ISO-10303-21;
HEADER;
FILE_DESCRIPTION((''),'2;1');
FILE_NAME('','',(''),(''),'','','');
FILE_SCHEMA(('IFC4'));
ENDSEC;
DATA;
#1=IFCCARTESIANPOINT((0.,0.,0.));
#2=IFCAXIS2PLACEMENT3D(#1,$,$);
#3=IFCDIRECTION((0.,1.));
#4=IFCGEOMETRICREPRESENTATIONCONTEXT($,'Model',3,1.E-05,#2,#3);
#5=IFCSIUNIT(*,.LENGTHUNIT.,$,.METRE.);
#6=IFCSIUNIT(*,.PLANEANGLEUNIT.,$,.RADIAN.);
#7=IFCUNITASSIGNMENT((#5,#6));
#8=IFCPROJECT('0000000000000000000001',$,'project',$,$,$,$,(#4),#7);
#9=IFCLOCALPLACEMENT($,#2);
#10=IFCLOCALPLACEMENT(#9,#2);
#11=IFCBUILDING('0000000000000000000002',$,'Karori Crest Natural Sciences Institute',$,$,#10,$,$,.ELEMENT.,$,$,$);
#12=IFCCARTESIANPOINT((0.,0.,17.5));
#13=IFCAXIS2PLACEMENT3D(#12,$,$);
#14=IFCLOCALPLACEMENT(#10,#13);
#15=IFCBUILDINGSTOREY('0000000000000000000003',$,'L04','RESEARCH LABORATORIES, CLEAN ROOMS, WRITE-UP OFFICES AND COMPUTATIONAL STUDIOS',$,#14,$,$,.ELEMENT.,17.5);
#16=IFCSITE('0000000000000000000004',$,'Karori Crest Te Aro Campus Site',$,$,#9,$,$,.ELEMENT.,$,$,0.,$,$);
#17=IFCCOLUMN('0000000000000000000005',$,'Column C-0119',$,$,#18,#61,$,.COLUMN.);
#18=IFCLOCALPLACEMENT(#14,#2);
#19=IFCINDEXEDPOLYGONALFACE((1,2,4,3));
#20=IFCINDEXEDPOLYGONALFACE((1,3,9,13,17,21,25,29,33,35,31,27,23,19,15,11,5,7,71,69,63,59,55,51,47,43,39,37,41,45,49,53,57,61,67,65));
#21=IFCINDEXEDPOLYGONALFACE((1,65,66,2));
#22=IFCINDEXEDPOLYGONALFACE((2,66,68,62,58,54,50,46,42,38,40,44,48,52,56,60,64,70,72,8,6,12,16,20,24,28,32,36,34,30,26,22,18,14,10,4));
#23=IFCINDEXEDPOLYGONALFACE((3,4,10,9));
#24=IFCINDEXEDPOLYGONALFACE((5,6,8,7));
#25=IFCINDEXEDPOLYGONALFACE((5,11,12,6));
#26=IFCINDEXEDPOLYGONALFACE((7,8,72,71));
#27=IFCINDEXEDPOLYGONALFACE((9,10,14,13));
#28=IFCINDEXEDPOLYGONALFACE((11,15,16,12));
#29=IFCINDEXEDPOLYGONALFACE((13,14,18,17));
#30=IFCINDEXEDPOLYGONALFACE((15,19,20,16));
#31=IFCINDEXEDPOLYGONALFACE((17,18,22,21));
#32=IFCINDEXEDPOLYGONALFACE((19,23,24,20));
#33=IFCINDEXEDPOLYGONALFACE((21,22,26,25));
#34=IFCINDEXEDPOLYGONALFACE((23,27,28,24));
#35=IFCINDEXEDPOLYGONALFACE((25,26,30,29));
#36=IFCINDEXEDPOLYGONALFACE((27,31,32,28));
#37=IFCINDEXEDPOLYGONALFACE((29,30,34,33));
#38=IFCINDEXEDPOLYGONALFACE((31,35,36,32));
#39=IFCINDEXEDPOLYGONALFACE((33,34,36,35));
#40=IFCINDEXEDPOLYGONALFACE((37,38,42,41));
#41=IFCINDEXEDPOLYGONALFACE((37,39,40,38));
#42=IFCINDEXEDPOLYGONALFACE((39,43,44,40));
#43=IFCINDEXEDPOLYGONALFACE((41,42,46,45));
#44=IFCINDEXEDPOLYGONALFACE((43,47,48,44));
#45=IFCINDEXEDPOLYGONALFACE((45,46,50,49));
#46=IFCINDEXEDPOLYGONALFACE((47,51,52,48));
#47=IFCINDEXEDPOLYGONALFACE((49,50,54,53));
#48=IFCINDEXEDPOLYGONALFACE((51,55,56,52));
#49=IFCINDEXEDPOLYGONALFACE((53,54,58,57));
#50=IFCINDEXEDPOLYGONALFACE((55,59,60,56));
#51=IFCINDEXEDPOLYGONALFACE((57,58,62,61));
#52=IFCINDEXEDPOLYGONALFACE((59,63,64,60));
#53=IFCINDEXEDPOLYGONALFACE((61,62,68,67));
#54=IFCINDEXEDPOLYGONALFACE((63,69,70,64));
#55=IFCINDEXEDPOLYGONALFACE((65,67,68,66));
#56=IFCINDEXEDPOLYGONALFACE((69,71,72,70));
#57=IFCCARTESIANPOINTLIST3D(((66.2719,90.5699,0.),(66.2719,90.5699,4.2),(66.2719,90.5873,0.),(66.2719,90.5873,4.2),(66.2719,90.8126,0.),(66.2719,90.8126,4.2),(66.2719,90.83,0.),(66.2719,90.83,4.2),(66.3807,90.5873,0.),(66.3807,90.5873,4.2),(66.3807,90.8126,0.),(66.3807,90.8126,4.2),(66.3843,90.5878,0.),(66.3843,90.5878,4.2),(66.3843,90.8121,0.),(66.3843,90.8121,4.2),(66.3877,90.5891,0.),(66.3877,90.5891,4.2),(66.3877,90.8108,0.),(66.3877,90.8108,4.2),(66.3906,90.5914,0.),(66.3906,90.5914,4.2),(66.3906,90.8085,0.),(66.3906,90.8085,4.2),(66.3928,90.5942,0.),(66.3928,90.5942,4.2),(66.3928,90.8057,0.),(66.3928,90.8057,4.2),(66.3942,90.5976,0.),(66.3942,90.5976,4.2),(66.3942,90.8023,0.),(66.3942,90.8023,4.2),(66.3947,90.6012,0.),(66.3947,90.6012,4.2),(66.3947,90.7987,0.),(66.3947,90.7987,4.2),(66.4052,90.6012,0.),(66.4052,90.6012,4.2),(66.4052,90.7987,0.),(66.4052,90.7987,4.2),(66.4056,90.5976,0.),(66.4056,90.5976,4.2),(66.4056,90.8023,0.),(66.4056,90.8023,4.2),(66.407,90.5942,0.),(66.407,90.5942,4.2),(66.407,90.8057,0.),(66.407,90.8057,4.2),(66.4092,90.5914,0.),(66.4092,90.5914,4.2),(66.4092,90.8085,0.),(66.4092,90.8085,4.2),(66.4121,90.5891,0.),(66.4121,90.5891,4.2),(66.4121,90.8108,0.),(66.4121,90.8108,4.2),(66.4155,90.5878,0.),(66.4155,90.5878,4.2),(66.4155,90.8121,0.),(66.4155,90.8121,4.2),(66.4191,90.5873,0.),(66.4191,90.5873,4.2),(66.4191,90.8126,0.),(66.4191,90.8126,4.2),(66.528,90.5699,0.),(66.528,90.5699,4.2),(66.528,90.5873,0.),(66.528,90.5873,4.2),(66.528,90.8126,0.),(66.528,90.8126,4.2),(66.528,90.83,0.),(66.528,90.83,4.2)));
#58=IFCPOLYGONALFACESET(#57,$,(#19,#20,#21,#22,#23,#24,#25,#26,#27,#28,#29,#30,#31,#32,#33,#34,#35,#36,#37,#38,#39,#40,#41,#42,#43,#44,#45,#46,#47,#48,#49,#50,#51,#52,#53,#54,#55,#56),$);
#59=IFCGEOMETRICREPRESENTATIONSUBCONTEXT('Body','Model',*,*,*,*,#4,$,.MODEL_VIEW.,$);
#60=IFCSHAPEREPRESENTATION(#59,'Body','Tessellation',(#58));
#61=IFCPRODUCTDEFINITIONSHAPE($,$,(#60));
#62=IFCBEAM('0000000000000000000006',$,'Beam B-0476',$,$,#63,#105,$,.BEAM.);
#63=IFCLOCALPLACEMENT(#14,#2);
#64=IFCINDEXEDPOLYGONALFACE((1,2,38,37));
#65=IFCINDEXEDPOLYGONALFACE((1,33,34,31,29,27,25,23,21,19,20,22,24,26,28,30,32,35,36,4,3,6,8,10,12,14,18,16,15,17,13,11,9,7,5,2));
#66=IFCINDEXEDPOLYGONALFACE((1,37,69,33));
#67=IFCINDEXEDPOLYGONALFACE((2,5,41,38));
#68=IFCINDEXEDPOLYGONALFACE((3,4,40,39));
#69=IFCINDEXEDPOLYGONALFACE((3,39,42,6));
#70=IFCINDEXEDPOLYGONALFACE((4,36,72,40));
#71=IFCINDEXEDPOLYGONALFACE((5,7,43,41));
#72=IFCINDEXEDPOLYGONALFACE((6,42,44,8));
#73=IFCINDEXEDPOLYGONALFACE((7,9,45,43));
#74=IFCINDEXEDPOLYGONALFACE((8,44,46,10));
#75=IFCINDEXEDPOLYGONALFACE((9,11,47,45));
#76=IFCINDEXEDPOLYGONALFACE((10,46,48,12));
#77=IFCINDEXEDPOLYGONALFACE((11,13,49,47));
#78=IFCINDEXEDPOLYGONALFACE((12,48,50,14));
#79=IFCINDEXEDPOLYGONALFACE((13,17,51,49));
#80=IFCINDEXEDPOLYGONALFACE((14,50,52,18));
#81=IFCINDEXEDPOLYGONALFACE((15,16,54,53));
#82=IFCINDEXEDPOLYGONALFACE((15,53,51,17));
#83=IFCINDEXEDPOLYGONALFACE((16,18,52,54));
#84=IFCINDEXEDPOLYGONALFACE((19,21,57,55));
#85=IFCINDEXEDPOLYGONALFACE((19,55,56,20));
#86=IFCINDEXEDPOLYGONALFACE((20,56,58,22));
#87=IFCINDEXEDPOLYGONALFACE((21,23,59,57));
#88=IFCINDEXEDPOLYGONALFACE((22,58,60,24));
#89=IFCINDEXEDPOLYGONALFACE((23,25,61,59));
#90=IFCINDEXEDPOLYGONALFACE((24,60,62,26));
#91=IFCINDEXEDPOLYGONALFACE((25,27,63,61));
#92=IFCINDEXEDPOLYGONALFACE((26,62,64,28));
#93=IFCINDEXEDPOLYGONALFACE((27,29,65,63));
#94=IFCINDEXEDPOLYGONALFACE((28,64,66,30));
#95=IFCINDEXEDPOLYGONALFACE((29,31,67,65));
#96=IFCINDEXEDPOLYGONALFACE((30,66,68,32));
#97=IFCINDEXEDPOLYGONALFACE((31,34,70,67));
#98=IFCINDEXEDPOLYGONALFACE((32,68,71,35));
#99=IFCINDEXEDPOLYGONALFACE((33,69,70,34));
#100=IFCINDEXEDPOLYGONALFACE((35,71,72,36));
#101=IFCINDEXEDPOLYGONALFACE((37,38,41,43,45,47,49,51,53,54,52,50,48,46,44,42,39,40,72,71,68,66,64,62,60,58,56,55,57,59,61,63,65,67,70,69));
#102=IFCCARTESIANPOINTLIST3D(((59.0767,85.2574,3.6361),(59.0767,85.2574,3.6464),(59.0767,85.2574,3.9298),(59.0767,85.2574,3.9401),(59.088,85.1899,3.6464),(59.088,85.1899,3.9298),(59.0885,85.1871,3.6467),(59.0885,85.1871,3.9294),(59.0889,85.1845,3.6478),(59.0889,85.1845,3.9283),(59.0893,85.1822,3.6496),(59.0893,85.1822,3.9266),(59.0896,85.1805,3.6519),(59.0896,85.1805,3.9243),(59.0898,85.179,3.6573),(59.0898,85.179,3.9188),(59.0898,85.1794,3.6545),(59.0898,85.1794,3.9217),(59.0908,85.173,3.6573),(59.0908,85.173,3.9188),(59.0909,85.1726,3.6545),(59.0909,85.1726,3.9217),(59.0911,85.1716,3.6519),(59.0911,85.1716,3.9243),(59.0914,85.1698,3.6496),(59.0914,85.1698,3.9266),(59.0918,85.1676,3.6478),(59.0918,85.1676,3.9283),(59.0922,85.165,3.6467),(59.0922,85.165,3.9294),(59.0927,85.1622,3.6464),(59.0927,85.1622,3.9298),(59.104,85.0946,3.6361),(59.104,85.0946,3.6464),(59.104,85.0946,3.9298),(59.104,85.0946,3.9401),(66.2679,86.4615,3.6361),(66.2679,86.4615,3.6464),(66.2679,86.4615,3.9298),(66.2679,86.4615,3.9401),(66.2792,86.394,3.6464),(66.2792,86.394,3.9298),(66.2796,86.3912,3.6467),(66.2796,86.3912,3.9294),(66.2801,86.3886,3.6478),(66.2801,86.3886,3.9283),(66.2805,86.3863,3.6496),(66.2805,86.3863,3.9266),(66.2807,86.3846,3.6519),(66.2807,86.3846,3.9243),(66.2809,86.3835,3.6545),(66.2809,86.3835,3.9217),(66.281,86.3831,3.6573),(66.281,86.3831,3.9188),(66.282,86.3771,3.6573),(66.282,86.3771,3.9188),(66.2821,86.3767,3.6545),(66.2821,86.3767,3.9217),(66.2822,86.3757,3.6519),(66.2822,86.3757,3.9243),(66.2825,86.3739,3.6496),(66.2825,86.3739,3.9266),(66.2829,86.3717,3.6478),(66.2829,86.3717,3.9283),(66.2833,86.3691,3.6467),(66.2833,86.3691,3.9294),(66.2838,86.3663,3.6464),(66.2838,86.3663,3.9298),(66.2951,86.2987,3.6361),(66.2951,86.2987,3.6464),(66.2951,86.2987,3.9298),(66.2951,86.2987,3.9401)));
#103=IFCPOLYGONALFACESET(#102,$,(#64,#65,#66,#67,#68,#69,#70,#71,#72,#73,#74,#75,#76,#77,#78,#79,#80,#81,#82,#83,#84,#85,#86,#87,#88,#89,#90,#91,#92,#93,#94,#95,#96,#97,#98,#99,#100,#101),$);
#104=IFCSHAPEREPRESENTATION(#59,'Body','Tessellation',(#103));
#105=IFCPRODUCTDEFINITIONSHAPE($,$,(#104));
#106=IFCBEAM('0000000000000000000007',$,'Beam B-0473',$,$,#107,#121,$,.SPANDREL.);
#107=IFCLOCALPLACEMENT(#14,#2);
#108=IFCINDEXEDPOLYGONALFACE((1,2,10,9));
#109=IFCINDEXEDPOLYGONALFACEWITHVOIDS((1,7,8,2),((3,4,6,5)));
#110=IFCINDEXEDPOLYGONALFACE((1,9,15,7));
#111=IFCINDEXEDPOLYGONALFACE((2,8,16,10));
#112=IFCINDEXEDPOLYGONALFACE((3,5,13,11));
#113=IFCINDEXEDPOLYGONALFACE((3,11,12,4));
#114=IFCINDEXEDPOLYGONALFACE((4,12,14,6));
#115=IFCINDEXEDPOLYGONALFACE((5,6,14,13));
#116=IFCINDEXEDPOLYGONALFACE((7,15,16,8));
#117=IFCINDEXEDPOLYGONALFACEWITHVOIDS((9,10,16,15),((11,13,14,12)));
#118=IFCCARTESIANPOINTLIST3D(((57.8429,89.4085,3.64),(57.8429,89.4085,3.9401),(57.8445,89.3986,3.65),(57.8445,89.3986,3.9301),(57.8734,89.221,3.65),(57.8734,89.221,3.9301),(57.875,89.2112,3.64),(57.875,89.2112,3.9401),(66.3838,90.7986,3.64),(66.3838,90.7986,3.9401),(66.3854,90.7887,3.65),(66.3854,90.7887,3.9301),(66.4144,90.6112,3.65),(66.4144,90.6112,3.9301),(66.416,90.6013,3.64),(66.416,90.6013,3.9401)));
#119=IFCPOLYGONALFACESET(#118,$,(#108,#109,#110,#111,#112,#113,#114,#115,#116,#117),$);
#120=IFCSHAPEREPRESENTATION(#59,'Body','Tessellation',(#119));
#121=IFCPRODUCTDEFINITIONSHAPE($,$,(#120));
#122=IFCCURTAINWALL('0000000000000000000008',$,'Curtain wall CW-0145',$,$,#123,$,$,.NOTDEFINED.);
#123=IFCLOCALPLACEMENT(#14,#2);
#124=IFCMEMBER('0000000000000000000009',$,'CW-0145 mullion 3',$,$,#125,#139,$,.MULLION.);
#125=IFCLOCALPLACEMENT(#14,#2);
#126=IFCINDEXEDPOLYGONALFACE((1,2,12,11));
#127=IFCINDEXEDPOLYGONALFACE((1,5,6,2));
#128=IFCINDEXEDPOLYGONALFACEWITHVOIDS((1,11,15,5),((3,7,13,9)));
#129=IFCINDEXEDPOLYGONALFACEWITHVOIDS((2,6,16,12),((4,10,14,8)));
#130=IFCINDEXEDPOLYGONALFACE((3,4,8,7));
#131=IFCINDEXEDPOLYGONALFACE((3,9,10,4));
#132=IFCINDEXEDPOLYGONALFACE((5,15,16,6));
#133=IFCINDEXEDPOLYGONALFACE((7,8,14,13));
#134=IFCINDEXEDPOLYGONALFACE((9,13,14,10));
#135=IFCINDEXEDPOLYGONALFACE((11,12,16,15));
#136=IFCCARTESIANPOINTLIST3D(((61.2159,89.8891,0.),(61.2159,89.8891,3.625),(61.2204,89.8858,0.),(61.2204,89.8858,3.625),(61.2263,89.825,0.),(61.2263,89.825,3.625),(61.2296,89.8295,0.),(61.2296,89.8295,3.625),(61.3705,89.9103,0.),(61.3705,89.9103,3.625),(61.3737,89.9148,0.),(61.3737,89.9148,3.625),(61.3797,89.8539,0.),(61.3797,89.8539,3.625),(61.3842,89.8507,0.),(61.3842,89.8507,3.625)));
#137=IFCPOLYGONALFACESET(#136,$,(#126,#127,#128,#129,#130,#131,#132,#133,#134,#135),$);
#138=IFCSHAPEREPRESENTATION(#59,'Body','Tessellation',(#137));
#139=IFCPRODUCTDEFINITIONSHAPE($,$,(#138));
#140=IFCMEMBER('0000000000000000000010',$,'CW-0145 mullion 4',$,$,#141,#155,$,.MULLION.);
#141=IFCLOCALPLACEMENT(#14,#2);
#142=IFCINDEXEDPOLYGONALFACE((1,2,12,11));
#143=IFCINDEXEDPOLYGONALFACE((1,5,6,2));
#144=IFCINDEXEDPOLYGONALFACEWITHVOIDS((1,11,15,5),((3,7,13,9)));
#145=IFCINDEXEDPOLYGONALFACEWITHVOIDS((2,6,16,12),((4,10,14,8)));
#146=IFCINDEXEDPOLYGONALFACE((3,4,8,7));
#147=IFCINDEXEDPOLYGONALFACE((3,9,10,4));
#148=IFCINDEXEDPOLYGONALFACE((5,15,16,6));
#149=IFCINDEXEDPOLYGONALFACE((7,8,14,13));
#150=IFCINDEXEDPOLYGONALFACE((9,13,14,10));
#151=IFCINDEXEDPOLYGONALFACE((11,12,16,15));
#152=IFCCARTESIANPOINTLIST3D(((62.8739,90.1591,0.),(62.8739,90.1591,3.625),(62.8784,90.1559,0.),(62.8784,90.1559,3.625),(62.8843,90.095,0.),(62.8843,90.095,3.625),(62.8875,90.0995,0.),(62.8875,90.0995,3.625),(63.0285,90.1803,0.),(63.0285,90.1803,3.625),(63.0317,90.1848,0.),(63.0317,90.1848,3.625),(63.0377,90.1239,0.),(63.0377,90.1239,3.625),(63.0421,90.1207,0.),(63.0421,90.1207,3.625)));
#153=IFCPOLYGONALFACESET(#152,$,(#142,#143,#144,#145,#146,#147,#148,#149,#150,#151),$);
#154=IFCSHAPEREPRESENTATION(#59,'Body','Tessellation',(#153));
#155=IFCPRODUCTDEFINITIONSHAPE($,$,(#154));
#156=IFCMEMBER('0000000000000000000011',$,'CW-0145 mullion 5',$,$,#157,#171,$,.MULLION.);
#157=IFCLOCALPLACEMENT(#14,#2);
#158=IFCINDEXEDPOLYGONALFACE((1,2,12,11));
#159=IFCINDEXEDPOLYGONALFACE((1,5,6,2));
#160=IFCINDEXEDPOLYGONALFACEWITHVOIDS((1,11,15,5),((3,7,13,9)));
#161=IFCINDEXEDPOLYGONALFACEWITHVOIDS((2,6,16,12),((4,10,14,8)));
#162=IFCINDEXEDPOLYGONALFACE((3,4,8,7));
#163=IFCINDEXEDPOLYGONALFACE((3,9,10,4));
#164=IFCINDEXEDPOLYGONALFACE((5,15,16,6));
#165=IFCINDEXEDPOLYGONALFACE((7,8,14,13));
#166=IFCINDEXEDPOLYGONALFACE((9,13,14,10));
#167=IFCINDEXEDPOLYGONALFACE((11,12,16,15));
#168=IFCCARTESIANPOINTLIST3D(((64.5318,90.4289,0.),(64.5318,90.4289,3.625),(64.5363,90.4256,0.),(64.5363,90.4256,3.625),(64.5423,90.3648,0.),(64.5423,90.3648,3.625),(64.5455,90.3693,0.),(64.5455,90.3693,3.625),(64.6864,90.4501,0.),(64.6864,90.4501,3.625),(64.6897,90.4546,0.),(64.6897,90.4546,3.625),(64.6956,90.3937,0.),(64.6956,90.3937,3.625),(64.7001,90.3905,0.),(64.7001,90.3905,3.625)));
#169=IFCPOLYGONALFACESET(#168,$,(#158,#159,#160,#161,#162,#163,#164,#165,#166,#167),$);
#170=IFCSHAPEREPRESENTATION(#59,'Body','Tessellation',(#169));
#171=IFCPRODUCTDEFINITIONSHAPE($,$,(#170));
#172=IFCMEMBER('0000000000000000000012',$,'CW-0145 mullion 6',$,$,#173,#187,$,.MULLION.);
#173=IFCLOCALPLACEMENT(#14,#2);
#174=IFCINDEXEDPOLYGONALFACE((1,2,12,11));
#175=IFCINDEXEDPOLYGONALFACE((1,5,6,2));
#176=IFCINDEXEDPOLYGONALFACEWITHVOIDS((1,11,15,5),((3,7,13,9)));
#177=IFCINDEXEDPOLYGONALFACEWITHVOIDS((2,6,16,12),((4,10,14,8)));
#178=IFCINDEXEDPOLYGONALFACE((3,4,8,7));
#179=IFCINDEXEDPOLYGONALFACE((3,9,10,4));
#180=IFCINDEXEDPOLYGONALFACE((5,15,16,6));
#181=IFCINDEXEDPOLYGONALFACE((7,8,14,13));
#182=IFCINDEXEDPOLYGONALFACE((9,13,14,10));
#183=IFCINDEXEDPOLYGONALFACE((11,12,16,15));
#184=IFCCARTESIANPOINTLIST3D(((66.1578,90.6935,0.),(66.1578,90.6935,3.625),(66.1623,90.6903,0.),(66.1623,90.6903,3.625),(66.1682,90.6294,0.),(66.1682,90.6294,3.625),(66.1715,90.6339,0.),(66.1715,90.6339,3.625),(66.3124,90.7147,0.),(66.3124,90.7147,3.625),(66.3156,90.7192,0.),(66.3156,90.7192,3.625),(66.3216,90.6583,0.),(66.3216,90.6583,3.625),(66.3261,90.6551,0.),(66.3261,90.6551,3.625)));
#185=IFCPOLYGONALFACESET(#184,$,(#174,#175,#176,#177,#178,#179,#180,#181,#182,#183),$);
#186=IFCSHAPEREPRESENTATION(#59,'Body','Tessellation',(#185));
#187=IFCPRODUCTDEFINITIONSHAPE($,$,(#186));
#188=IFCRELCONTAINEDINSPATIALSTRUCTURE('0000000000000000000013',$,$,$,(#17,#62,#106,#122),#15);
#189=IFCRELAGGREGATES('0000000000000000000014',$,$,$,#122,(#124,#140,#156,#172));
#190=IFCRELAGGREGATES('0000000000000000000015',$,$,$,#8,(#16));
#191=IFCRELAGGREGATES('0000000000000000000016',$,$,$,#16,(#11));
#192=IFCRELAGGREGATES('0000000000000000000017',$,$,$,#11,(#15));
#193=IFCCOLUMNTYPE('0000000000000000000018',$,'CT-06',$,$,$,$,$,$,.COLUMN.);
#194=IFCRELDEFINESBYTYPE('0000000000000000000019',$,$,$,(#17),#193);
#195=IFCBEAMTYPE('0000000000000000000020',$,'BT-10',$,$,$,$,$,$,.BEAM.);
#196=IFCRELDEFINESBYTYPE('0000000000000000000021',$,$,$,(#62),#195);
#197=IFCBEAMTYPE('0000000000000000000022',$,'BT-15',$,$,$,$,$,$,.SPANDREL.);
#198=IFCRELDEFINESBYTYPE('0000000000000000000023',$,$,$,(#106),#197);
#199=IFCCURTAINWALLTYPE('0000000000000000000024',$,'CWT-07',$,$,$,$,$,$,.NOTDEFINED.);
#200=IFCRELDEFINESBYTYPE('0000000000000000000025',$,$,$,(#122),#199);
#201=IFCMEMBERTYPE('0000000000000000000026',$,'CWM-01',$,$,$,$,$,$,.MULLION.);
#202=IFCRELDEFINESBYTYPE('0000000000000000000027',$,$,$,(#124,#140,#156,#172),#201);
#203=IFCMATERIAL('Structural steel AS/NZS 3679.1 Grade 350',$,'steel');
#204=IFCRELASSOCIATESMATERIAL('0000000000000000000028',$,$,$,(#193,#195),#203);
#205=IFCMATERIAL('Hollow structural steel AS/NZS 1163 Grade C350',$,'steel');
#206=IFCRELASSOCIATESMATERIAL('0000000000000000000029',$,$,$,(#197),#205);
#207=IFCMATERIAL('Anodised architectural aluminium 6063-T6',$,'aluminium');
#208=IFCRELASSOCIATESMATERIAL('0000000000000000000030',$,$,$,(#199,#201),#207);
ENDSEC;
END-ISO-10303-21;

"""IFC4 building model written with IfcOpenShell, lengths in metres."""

from ifc_helpers import new_model, si_unit, direction, frame, origin, origin_2d, place, context, subcontext, project, spatial, hollow_rectangle, i_section, extrude, material, material_profile, profile_set, type_object, element, aggregate, save


model = new_model("IFC4")

# Units and contexts
model_context = context("Model", 3, precision=1e-05, world=origin(), true_north=direction((0.0, 1.0)))
body_context = subcontext(model_context, "Body", "Model", "MODEL_VIEW")
ifc_project = project(units=[si_unit("LENGTHUNIT", "METRE"), si_unit("PLANEANGLEUNIT", "RADIAN")], contexts=[model_context])

# Site, building, storey
site_placement = place(None, origin())
site = spatial("IfcSite", under=ifc_project, at=site_placement, Name="Karori Crest Te Aro Campus Site", CompositionType="ELEMENT", RefElevation=0.0)
building_placement = place(site_placement, origin())
building = spatial("IfcBuilding", under=site, at=building_placement, Name="Karori Crest Natural Sciences Institute", CompositionType="ELEMENT")
storey_placement = place(building_placement, frame((0.0, 0.0, 17.5)))
storey = spatial("IfcBuildingStorey", under=building, at=storey_placement, Name="L04", Description="RESEARCH LABORATORIES, CLEAN ROOMS, WRITE-UP OFFICES AND COMPUTATIONAL STUDIOS", CompositionType="ELEMENT", Elevation=17.5)

# Column
ifc_material_1 = material(Name="Structural steel AS/NZS 3679.1 Grade 350", Category="steel")
ifc_material_profile_1 = material_profile(ifc_material_1, i_section(OverallWidth=0.2561, OverallDepth=0.26, WebThickness=0.0105, FlangeThickness=0.0173, FilletRadius=0.0139, at=origin_2d()), Name="250UC89.5")
ifc_profile_set_1 = profile_set([ifc_material_profile_1], Name="Structural steel AS/NZS 3679.1 Grade 350")
column_type = type_object("IfcColumnType", Name="CT-06", PredefinedType="COLUMN", material=ifc_profile_set_1)
column_placement = place(storey_placement, frame((66.3999, 90.7, 0.0), z_axis=(0.0, 0.0, 1.0), x_axis=(1.0, 0.0, 0.0)))
element("IfcColumn", 1, at=column_placement, inside=storey, type_object=column_type, Name="Column C-0119", PredefinedType="COLUMN", context=body_context, shape_type="SweptSolid", body=[
    extrude(i_section(OverallWidth=0.2561, OverallDepth=0.26, WebThickness=0.0105, FlangeThickness=0.0173, FilletRadius=0.0139, at=origin_2d()), origin(), (0.0, 0.0, 1.0), 4.2),
])

# Beams
ifc_material_profile_2 = material_profile(ifc_material_1, i_section(OverallWidth=0.165, OverallDepth=0.304, WebThickness=0.0061, FlangeThickness=0.0103, FilletRadius=0.011, at=origin_2d()), Name="310UB40.4")
ifc_profile_set_2 = profile_set([ifc_material_profile_2], Name="Structural steel AS/NZS 3679.1 Grade 350")
beam_type_1 = type_object("IfcBeamType", Name="BT-10", PredefinedType="BEAM", material=ifc_profile_set_2)
beam_1_placement = place(storey_placement, frame((66.2815, 86.3801, 3.7881), z_axis=(-0.98627, -0.165143, 0.0), x_axis=(0.165143, -0.98627, 0.0)))
element("IfcBeam", 2, at=beam_1_placement, inside=storey, type_object=beam_type_1, Name="Beam B-0476", PredefinedType="BEAM", context=body_context, shape_type="SweptSolid", body=[
    extrude(i_section(OverallWidth=0.165, OverallDepth=0.304, WebThickness=0.0061, FlangeThickness=0.0103, FilletRadius=0.011, at=origin_2d()), origin(), (0.0, 0.0, 1.0), 7.2913),
])
ifc_material_2 = material(Name="Hollow structural steel AS/NZS 1163 Grade C350", Category="steel")
ifc_material_profile_3 = material_profile(ifc_material_2, hollow_rectangle(XDim=0.2, YDim=0.3, WallThickness=0.01, at=origin_2d()), Name="RHS300x200x10")
ifc_profile_set_3 = profile_set([ifc_material_profile_3], Name="Hollow structural steel AS/NZS 1163 Grade C350")
beam_type_2 = type_object("IfcBeamType", Name="BT-15", PredefinedType="SPANDREL", material=ifc_profile_set_3)
beam_2_placement = place(storey_placement, frame((66.3999, 90.7, 3.79), z_axis=(-0.987012, -0.160646, 0.0), x_axis=(0.160646, -0.987012, 0.0)))
element("IfcBeam", 3, at=beam_2_placement, inside=storey, type_object=beam_type_2, Name="Beam B-0473", PredefinedType="SPANDREL", context=body_context, shape_type="SweptSolid", body=[
    extrude(hollow_rectangle(XDim=0.2, YDim=0.3, WallThickness=0.01, at=origin_2d()), origin(), (0.0, 0.0, 1.0), 8.6533),
])

# Curtain wall, members
ifc_material_3 = material(Name="Anodised architectural aluminium 6063-T6", Category="aluminium")
curtain_wall_type = type_object("IfcCurtainWallType", Name="CWT-07", PredefinedType="NOTDEFINED", material=ifc_material_3)
curtain_wall_placement = place(storey_placement, origin())
curtain_wall = element("IfcCurtainWall", 4, at=curtain_wall_placement, inside=storey, type_object=curtain_wall_type, Name="Curtain wall CW-0145", PredefinedType="NOTDEFINED")
ifc_material_profile_4 = material_profile(ifc_material_3, hollow_rectangle(XDim=0.0649, YDim=0.1599, WallThickness=0.0039, at=origin_2d()), Name="CWM160x65x4")
ifc_profile_set_4 = profile_set([ifc_material_profile_4], Name="Anodised architectural aluminium 6063-T6")
member_type_1 = type_object("IfcMemberType", Name="CWM-01", PredefinedType="MULLION", material=ifc_profile_set_4)
member_1_placement = place(storey_placement, frame((61.3, 89.8699, 0.0), z_axis=(0.0, 0.0, 1.0), x_axis=(-0.16065, 0.987011, 0.0)))
member_1 = element("IfcMember", 5, at=member_1_placement, type_object=member_type_1, Name="CW-0145 mullion 3", PredefinedType="MULLION", context=body_context, shape_type="SweptSolid", body=[
    extrude(hollow_rectangle(XDim=0.0649, YDim=0.1599, WallThickness=0.0039, at=origin_2d()), origin(), (0.0, 0.0, 1.0), 3.625),
])
member_2_placement = place(storey_placement, frame((62.958, 90.1399, 0.0), z_axis=(0.0, 0.0, 1.0), x_axis=(-0.16065, 0.987011, 0.0)))
member_2 = element("IfcMember", 6, at=member_2_placement, type_object=member_type_1, Name="CW-0145 mullion 4", PredefinedType="MULLION", context=body_context, shape_type="SweptSolid", body=[
    extrude(hollow_rectangle(XDim=0.0649, YDim=0.1599, WallThickness=0.0039, at=origin_2d()), origin(), (0.0, 0.0, 1.0), 3.625),
])
member_3_placement = place(storey_placement, frame((64.616, 90.4097, 0.0), z_axis=(0.0, 0.0, 1.0), x_axis=(-0.16065, 0.987011, 0.0)))
member_3 = element("IfcMember", 7, at=member_3_placement, type_object=member_type_1, Name="CW-0145 mullion 5", PredefinedType="MULLION", context=body_context, shape_type="SweptSolid", body=[
    extrude(hollow_rectangle(XDim=0.0649, YDim=0.1599, WallThickness=0.0039, at=origin_2d()), origin(), (0.0, 0.0, 1.0), 3.625),
])
member_4_placement = place(storey_placement, frame((66.2419, 90.6743, 0.0), z_axis=(0.0, 0.0, 1.0), x_axis=(-0.16065, 0.987011, 0.0)))
member_4 = element("IfcMember", 8, at=member_4_placement, type_object=member_type_1, Name="CW-0145 mullion 6", PredefinedType="MULLION", context=body_context, shape_type="SweptSolid", body=[
    extrude(hollow_rectangle(XDim=0.0649, YDim=0.1599, WallThickness=0.0039, at=origin_2d()), origin(), (0.0, 0.0, 1.0), 3.625),
])
aggregate(curtain_wall, [member_1, member_2, member_3, member_4])

save(model, "model.ifc")
